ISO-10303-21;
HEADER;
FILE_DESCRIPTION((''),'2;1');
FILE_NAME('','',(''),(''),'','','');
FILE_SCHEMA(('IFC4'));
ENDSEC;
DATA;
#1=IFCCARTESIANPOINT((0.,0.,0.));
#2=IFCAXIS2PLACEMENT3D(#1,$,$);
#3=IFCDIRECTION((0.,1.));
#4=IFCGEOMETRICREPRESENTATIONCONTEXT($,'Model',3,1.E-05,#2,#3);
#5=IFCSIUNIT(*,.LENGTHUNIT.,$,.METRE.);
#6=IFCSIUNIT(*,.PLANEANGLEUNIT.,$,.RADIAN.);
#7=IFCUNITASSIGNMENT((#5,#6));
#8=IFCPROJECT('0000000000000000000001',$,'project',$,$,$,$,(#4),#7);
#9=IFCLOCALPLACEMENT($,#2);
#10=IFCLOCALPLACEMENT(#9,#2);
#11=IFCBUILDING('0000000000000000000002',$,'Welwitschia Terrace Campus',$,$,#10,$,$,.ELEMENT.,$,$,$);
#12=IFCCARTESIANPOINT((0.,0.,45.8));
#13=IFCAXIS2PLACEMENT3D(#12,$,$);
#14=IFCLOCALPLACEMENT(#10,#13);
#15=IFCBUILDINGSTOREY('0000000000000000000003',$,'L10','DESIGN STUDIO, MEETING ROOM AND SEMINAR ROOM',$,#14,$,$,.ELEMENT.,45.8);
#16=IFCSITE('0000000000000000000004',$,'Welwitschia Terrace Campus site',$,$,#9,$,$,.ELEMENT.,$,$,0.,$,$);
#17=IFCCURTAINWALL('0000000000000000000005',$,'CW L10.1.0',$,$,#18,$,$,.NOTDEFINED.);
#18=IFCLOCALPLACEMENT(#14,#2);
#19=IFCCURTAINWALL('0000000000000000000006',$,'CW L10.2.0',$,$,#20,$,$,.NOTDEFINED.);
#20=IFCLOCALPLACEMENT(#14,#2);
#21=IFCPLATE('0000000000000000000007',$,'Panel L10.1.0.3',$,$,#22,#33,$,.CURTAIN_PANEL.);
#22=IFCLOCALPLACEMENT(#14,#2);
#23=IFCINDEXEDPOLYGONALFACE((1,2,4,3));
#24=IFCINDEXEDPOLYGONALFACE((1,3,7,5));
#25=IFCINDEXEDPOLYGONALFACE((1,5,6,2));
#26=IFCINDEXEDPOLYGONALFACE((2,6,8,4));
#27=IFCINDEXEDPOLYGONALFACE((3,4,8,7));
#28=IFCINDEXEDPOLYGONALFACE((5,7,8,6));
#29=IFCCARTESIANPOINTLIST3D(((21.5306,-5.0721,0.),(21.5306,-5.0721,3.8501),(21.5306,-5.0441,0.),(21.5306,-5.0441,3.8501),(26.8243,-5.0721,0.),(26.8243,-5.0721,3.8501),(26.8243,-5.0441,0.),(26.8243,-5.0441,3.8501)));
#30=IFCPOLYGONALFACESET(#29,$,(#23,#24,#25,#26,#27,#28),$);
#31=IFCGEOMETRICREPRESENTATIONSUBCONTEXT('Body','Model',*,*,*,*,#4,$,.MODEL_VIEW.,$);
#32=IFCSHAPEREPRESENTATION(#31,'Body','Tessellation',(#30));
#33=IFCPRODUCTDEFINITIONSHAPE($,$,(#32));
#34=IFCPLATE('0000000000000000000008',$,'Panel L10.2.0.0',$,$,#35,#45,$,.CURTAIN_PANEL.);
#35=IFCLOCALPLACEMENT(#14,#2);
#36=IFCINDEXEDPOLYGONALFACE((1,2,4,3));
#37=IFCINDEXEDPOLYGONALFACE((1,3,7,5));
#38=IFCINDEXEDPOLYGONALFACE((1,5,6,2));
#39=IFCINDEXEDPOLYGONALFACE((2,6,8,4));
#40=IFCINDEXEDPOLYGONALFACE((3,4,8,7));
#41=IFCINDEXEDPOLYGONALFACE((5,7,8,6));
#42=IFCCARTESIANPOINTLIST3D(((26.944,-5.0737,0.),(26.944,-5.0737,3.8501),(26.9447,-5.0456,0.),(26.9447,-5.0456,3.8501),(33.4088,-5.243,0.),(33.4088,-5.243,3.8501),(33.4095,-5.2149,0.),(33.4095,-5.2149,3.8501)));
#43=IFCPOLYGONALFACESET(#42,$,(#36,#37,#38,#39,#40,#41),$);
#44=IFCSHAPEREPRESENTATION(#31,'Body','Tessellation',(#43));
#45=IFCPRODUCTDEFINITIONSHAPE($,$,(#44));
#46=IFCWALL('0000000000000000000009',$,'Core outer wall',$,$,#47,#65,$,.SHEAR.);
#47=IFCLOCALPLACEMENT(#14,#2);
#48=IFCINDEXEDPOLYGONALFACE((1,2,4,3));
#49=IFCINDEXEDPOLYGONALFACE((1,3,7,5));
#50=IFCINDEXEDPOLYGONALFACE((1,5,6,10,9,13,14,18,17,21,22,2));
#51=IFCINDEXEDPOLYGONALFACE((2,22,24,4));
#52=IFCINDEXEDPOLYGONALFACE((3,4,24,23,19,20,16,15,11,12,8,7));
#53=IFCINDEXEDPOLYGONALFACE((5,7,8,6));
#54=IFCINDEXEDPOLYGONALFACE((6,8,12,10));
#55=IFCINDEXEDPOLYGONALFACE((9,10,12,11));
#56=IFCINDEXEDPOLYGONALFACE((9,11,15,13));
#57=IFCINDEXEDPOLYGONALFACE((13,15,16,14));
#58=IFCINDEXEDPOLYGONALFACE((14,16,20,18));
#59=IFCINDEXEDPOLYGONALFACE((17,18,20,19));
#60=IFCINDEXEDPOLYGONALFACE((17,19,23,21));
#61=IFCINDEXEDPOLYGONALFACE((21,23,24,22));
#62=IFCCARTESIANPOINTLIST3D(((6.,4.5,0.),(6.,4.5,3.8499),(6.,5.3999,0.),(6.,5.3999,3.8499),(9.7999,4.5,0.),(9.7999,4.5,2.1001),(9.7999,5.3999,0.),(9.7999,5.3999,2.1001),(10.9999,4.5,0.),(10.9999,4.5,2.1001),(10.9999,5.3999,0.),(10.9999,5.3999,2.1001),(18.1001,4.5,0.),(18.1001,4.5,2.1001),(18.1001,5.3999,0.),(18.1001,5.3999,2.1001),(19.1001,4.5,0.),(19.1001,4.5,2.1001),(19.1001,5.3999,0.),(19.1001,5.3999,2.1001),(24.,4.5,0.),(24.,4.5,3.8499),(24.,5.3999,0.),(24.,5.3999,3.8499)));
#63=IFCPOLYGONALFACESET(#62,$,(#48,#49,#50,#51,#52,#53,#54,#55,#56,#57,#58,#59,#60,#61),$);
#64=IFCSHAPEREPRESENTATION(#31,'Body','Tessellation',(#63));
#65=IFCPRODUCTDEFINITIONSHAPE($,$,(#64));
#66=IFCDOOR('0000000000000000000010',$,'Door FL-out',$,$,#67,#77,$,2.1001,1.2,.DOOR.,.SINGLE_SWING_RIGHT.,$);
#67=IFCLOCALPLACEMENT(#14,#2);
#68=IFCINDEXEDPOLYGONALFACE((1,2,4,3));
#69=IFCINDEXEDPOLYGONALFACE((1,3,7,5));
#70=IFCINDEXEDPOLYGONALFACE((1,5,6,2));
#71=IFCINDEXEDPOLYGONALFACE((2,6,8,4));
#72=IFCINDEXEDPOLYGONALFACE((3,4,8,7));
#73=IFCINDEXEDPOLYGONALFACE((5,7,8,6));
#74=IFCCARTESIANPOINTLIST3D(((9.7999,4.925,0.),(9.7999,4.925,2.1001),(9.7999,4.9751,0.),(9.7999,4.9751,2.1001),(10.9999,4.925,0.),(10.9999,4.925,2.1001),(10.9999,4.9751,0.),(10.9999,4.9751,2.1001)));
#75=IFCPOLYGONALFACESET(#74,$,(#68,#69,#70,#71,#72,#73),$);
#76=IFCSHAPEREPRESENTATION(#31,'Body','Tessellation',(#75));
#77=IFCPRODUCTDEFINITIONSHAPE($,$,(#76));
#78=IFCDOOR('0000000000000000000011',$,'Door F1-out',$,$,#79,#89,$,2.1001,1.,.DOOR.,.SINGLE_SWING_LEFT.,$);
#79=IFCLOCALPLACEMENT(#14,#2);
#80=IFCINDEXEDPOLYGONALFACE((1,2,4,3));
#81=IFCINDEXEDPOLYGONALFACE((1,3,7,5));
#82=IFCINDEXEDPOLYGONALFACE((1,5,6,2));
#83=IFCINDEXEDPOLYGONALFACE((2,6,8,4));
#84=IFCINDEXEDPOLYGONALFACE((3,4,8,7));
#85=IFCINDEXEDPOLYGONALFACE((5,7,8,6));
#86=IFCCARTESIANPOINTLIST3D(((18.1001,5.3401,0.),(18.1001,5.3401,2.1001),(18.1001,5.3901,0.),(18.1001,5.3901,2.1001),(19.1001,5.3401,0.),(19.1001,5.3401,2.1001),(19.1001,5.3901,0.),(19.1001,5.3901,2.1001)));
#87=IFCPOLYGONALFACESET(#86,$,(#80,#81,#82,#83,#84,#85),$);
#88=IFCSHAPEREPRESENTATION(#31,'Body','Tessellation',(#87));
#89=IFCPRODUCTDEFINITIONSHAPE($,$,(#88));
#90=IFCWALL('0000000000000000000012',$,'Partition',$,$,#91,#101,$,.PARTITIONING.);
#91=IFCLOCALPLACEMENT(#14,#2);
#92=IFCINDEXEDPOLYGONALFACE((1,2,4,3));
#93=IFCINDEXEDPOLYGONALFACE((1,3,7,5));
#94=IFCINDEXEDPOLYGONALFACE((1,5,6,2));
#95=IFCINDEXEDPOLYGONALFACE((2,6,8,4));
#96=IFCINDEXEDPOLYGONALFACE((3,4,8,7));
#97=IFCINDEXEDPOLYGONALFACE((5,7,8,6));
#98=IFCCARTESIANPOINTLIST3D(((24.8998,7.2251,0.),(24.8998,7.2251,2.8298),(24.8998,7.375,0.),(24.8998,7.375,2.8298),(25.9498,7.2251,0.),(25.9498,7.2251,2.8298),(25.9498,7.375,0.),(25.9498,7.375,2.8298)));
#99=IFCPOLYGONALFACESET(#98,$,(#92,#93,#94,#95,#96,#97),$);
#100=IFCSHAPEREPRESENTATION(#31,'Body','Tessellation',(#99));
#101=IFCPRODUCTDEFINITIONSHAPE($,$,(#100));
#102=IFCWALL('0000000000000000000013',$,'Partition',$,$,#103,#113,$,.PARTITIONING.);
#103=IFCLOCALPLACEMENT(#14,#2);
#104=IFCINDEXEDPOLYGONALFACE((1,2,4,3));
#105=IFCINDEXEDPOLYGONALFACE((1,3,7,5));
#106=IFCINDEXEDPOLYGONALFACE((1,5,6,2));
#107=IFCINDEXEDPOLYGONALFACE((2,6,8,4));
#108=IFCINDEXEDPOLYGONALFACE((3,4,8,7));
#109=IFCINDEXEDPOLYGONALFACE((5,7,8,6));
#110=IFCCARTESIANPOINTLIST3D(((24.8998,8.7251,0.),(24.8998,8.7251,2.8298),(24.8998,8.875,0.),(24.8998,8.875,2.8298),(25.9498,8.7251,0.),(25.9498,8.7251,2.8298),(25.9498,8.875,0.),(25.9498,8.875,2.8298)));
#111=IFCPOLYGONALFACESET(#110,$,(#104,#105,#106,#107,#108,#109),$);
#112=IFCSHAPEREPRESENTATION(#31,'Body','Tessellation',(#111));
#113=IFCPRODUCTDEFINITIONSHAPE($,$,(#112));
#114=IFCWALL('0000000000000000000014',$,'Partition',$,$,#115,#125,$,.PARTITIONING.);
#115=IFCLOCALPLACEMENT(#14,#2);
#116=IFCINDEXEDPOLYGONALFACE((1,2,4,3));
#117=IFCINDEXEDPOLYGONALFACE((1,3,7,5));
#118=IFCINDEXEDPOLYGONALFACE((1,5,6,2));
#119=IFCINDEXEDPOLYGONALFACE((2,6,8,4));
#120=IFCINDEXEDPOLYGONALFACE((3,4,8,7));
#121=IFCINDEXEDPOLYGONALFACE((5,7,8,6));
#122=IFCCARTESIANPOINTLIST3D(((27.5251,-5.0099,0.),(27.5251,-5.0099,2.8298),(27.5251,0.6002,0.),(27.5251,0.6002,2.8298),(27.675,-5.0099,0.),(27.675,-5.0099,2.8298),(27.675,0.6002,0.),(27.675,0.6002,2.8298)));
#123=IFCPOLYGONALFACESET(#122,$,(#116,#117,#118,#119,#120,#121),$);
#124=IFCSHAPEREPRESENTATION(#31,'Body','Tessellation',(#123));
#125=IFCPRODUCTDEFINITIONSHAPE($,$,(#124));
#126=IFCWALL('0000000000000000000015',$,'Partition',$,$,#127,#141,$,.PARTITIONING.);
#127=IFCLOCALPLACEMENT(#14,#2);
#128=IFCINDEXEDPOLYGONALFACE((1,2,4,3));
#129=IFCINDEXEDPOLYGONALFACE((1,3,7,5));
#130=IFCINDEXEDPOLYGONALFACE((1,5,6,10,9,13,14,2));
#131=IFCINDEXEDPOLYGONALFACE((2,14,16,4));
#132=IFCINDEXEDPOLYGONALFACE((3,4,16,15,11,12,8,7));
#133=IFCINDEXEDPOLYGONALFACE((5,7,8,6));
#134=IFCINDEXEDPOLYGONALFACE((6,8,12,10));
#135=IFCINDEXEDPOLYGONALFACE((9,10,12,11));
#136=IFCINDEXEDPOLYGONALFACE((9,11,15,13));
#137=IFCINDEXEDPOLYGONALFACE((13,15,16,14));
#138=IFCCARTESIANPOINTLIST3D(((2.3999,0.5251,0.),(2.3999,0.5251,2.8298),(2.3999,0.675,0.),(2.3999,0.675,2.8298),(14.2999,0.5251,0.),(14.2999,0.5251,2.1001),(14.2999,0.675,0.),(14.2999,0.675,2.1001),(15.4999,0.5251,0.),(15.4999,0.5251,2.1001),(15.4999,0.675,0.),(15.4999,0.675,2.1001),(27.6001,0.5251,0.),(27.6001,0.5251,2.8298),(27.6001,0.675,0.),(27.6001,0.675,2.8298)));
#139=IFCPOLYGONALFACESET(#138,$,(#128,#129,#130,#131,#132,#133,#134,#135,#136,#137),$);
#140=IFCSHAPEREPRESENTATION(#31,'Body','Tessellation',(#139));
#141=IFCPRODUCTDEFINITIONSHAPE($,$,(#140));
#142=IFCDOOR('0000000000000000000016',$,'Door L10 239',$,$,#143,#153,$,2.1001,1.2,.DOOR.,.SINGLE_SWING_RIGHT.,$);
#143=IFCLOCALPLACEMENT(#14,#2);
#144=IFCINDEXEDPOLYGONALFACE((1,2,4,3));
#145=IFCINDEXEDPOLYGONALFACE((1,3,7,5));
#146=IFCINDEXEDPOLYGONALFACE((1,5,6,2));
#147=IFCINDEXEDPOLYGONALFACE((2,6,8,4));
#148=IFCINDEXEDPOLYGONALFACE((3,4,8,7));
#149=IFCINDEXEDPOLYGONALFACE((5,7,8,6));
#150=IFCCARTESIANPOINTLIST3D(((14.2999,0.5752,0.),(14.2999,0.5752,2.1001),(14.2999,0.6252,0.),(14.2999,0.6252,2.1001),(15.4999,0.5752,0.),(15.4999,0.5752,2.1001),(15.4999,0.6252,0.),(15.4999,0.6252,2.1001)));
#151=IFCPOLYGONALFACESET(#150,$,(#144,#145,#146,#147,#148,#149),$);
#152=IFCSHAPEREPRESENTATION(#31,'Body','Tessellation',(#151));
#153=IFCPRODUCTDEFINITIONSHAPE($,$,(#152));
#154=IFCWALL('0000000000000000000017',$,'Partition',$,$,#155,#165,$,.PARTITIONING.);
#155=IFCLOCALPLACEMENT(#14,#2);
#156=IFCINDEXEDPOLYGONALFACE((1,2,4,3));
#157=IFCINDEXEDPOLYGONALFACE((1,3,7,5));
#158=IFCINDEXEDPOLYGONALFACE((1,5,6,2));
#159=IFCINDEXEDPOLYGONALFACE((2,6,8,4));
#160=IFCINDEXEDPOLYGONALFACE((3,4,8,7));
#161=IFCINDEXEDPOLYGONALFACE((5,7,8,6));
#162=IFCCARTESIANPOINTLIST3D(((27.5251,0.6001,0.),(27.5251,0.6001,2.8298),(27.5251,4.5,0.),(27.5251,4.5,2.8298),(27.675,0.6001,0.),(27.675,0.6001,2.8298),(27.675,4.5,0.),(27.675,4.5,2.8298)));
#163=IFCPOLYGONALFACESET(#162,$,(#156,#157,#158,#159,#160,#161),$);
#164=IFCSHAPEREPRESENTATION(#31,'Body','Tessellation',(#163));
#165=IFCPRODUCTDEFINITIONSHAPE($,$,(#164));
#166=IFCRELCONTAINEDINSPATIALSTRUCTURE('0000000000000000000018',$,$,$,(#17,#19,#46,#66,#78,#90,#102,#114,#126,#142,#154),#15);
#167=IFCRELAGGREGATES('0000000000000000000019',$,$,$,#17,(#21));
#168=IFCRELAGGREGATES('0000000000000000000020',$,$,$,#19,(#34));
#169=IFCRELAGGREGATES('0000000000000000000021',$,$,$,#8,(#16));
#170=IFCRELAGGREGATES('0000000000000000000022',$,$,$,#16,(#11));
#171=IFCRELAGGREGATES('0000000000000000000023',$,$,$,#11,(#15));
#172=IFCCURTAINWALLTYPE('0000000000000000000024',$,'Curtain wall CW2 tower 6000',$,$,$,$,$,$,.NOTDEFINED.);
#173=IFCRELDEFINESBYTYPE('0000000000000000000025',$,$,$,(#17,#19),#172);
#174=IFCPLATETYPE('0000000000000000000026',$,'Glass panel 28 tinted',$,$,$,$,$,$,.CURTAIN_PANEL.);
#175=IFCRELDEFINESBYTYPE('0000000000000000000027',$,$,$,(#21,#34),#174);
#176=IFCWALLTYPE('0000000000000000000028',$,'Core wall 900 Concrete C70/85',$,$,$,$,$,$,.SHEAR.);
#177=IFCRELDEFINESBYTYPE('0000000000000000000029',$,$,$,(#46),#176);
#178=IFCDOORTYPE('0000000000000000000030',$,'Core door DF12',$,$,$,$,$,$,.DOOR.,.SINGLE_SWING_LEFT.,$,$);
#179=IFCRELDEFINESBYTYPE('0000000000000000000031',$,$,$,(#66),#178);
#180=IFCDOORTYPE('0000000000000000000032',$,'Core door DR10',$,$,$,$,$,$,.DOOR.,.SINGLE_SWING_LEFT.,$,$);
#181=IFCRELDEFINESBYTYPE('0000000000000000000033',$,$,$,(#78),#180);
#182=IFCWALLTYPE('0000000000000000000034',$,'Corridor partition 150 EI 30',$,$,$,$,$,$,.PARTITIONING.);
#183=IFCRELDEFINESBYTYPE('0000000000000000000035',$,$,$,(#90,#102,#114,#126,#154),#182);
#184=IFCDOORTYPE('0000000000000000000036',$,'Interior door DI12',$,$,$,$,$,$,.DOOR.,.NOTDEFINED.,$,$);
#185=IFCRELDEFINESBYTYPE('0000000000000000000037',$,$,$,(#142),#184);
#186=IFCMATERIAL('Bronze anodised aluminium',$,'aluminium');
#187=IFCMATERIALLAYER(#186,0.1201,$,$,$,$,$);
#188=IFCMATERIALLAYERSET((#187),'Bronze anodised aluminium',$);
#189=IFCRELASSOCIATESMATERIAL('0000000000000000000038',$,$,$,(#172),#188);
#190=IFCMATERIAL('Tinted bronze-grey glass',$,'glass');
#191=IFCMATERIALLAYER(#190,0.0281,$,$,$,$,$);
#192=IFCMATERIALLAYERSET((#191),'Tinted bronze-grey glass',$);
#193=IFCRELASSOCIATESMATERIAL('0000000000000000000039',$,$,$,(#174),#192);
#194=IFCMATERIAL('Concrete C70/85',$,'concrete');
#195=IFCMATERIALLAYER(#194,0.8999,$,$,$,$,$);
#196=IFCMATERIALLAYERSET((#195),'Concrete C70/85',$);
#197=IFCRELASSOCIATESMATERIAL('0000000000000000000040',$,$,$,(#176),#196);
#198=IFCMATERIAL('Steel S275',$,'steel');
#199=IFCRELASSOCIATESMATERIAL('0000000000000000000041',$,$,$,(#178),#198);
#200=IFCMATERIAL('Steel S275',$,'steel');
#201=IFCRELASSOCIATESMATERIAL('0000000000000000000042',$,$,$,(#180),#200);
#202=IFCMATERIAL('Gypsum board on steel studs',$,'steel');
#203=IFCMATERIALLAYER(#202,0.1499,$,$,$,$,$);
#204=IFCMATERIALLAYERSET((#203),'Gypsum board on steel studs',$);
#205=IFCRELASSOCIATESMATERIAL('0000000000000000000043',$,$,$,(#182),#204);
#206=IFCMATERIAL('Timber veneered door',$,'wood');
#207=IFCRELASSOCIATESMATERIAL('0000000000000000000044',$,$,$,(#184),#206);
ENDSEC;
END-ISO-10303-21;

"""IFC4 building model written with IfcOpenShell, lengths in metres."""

from ifc_helpers import new_model, si_unit, direction, frame, frame_2d, origin, origin_2d, place, context, subcontext, project, spatial, rectangle, extrude, material, layer, layer_set, type_object, element, fill, aggregate, save


model = new_model("IFC4")

# Units and contexts
model_context = context("Model", 3, precision=1e-05, world=origin(), true_north=direction((0.0, 1.0)))
body_context = subcontext(model_context, "Body", "Model", "MODEL_VIEW")
ifc_project = project(units=[si_unit("LENGTHUNIT", "METRE"), si_unit("PLANEANGLEUNIT", "RADIAN")], contexts=[model_context])

# Site, building, storey
site_placement = place(None, origin())
site = spatial("IfcSite", under=ifc_project, at=site_placement, Name="Welwitschia Terrace Campus site", CompositionType="ELEMENT", RefElevation=0.0)
building_placement = place(site_placement, origin())
building = spatial("IfcBuilding", under=site, at=building_placement, Name="Welwitschia Terrace Campus", CompositionType="ELEMENT")
storey_placement = place(building_placement, frame((0.0, 0.0, 45.8)))
storey = spatial("IfcBuildingStorey", under=building, at=storey_placement, Name="L10", Description="DESIGN STUDIO, MEETING ROOM AND SEMINAR ROOM", CompositionType="ELEMENT", Elevation=45.8)

# Curtain wall
ifc_material_1 = material(Name="Bronze anodised aluminium", Category="aluminium")
ifc_layer_1 = layer(ifc_material_1, 0.1201)
ifc_layer_set_1 = layer_set([ifc_layer_1], Name="Bronze anodised aluminium")
curtain_wall_type = type_object("IfcCurtainWallType", Name="Curtain wall CW2 tower 6000", PredefinedType="NOTDEFINED", material=ifc_layer_set_1)
curtain_wall_1_placement = place(storey_placement, origin())
curtain_wall_1 = element("IfcCurtainWall", 1, at=curtain_wall_1_placement, inside=storey, type_object=curtain_wall_type, Name="CW L10.1.0", PredefinedType="NOTDEFINED")

# Curtain wall
curtain_wall_2_placement = place(storey_placement, origin())
curtain_wall_2 = element("IfcCurtainWall", 2, at=curtain_wall_2_placement, inside=storey, type_object=curtain_wall_type, Name="CW L10.2.0", PredefinedType="NOTDEFINED")

# Plates
ifc_material_2 = material(Name="Tinted bronze-grey glass", Category="glass")
ifc_layer_2 = layer(ifc_material_2, 0.0281)
ifc_layer_set_2 = layer_set([ifc_layer_2], Name="Tinted bronze-grey glass")
plate_type = type_object("IfcPlateType", Name="Glass panel 28 tinted", PredefinedType="CURTAIN_PANEL", material=ifc_layer_set_2)
plate_1_placement = place(storey_placement, frame((24.1775, -5.0581, 0.0), z_axis=(0.0, 0.0, 1.0), x_axis=(1.0, 0.0, 0.0)))
plate_1 = element("IfcPlate", 3, at=plate_1_placement, type_object=plate_type, Name="Panel L10.1.0.3", PredefinedType="CURTAIN_PANEL", context=body_context, shape_type="SweptSolid", body=[
    extrude(rectangle(XDim=5.2937, YDim=0.0281, at=origin_2d()), origin(), (0.0, 0.0, 1.0), 3.8501),
])
aggregate(curtain_wall_1, [plate_1])
plate_2_placement = place(storey_placement, frame((30.1768, -5.1443, 0.0), z_axis=(0.0, 0.0, 1.0), x_axis=(0.999657, -0.026177, 0.0)))
plate_2 = element("IfcPlate", 4, at=plate_2_placement, type_object=plate_type, Name="Panel L10.2.0.0", PredefinedType="CURTAIN_PANEL", context=body_context, shape_type="SweptSolid", body=[
    extrude(rectangle(XDim=6.467, YDim=0.0281, at=origin_2d()), origin(), (0.0, 0.0, 1.0), 3.8501),
])
aggregate(curtain_wall_2, [plate_2])

# Wall, openings, doors
ifc_material_3 = material(Name="Concrete C70/85", Category="concrete")
ifc_layer_3 = layer(ifc_material_3, 0.8999)
ifc_layer_set_3 = layer_set([ifc_layer_3], Name="Concrete C70/85")
wall_type_1 = type_object("IfcWallType", Name="Core wall 900 Concrete C70/85", PredefinedType="SHEAR", material=ifc_layer_set_3)
wall_1_placement = place(storey_placement, frame((24.0, 4.95, 0.0), z_axis=(0.0, 0.0, 1.0), x_axis=(-1.0, 0.0, 0.0)))
wall_1 = element("IfcWall", 5, at=wall_1_placement, inside=storey, type_object=wall_type_1, Name="Core outer wall", PredefinedType="SHEAR", context=body_context, shape_type="SweptSolid", body=[
    extrude(rectangle(XDim=18.0, YDim=0.8999, at=frame_2d((9.0, 0.0))), origin(), (0.0, 0.0, 1.0), 3.8499),
])
opening_1_placement = place(wall_1_placement, frame((13.0, 0.0, 0.0)))
opening_1 = element("IfcOpeningElement", 6, at=opening_1_placement, cuts=wall_1, PredefinedType="OPENING", context=body_context, shape_type="SweptSolid", body=[
    extrude(rectangle(XDim=1.2, YDim=2.1001, at=frame_2d((0.6001, 1.05))), frame((0.0, 0.46, 0.0), z_axis=(0.0, -1.0, 0.0), x_axis=(1.0, 0.0, 0.0)), (0.0, 0.0, 1.0), 0.9199),
])
opening_2_placement = place(wall_1_placement, frame((4.8999, 0.0, 0.0)))
opening_2 = element("IfcOpeningElement", 7, at=opening_2_placement, cuts=wall_1, PredefinedType="OPENING", context=body_context, shape_type="SweptSolid", body=[
    extrude(rectangle(XDim=1.0, YDim=2.1001, at=frame_2d((0.5, 1.05))), frame((0.0, 0.46, 0.0), z_axis=(0.0, -1.0, 0.0), x_axis=(1.0, 0.0, 0.0)), (0.0, 0.0, 1.0), 0.9199),
])
ifc_material_4 = material(Name="Steel S275", Category="steel")
door_type_1 = type_object("IfcDoorType", Name="Core door DF12", OperationType="SINGLE_SWING_LEFT", PredefinedType="DOOR", material=ifc_material_4)
door_1_placement = place(opening_1_placement, origin())
door_1 = element("IfcDoor", 8, at=door_1_placement, inside=storey, type_object=door_type_1, Name="Door FL-out", OperationType="SINGLE_SWING_RIGHT", OverallHeight=2.1001, OverallWidth=1.2, PredefinedType="DOOR", context=body_context, shape_type="SweptSolid", body=[
    extrude(rectangle(XDim=1.2, YDim=2.1001, at=frame_2d((0.6001, 1.05))), frame((0.0, 0.0249, 0.0), z_axis=(0.0, -1.0, 0.0), x_axis=(1.0, 0.0, 0.0)), (0.0, 0.0, 1.0), 0.05),
])
fill(opening_1, door_1)
ifc_material_5 = material(Name="Steel S275", Category="steel")
door_type_2 = type_object("IfcDoorType", Name="Core door DR10", OperationType="SINGLE_SWING_LEFT", PredefinedType="DOOR", material=ifc_material_5)
door_2_placement = place(opening_2_placement, origin())
door_2 = element("IfcDoor", 9, at=door_2_placement, inside=storey, type_object=door_type_2, Name="Door F1-out", OperationType="SINGLE_SWING_LEFT", OverallHeight=2.1001, OverallWidth=1.0, PredefinedType="DOOR", context=body_context, shape_type="SweptSolid", body=[
    extrude(rectangle(XDim=1.0, YDim=2.1001, at=frame_2d((0.5, 1.05))), frame((0.0, -0.3901, 0.0), z_axis=(0.0, -1.0, 0.0), x_axis=(1.0, 0.0, 0.0)), (0.0, 0.0, 1.0), 0.05),
])
fill(opening_2, door_2)

# Walls
ifc_material_6 = material(Name="Gypsum board on steel studs", Category="steel")
ifc_layer_4 = layer(ifc_material_6, 0.1499)
ifc_layer_set_4 = layer_set([ifc_layer_4], Name="Gypsum board on steel studs")
wall_type_2 = type_object("IfcWallType", Name="Corridor partition 150 EI 30", PredefinedType="PARTITIONING", material=ifc_layer_set_4)
for number, where, z_axis, x_axis, name in (
    (10, (24.8999, 7.3, 0.0), (0.0, 0.0, 1.0), (1.0, 0.0, 0.0), "Partition"),
    (11, (24.8999, 8.8, 0.0), (0.0, 0.0, 1.0), (1.0, 0.0, 0.0), "Partition"),
):
    element("IfcWall", number, at=place(storey_placement, frame(where, z_axis=z_axis, x_axis=x_axis)), inside=storey, type_object=wall_type_2, Name=name, PredefinedType="PARTITIONING", context=body_context, shape_type="SweptSolid", body=[
        extrude(rectangle(XDim=1.05, YDim=0.1499, at=frame_2d((0.5249, 0.0))), origin(), (0.0, 0.0, 1.0), 2.8298),
    ])
wall_2_placement = place(storey_placement, frame((27.6001, -5.01, 0.0), z_axis=(0.0, 0.0, 1.0), x_axis=(0.0, 1.0, 0.0)))
element("IfcWall", 12, at=wall_2_placement, inside=storey, type_object=wall_type_2, Name="Partition", PredefinedType="PARTITIONING", context=body_context, shape_type="SweptSolid", body=[
    extrude(rectangle(XDim=5.6101, YDim=0.1499, at=frame_2d((2.8052, 0.0))), origin(), (0.0, 0.0, 1.0), 2.8298),
])

# Wall, opening, door
wall_3_placement = place(storey_placement, frame((27.6001, 0.6001, 0.0), z_axis=(0.0, 0.0, 1.0), x_axis=(-1.0, 0.0, 0.0)))
wall_3 = element("IfcWall", 13, at=wall_3_placement, inside=storey, type_object=wall_type_2, Name="Partition", PredefinedType="PARTITIONING", context=body_context, shape_type="SweptSolid", body=[
    extrude(rectangle(XDim=25.2002, YDim=0.1499, at=frame_2d((12.6001, 0.0))), origin(), (0.0, 0.0, 1.0), 2.8298),
])
opening_3_placement = place(wall_3_placement, frame((12.1001, 0.0, 0.0)))
opening_3 = element("IfcOpeningElement", 14, at=opening_3_placement, cuts=wall_3, PredefinedType="OPENING", context=body_context, shape_type="SweptSolid", body=[
    extrude(rectangle(XDim=1.2, YDim=2.1001, at=frame_2d((0.6001, 1.05))), frame((0.0, 0.085, 0.0), z_axis=(0.0, -1.0, 0.0), x_axis=(1.0, 0.0, 0.0)), (0.0, 0.0, 1.0), 0.1699),
])
ifc_material_7 = material(Name="Timber veneered door", Category="wood")
door_type_3 = type_object("IfcDoorType", Name="Interior door DI12", OperationType="NOTDEFINED", PredefinedType="DOOR", material=ifc_material_7)
door_3_placement = place(opening_3_placement, origin())
door_3 = element("IfcDoor", 15, at=door_3_placement, inside=storey, type_object=door_type_3, Name="Door L10 239", OperationType="SINGLE_SWING_RIGHT", OverallHeight=2.1001, OverallWidth=1.2, PredefinedType="DOOR", context=body_context, shape_type="SweptSolid", body=[
    extrude(rectangle(XDim=1.2, YDim=2.1001, at=frame_2d((0.6001, 1.05))), frame((0.0, 0.0249, 0.0), z_axis=(0.0, -1.0, 0.0), x_axis=(1.0, 0.0, 0.0)), (0.0, 0.0, 1.0), 0.05),
])
fill(opening_3, door_3)

# Wall
wall_4_placement = place(storey_placement, frame((27.6001, 0.6001, 0.0), z_axis=(0.0, 0.0, 1.0), x_axis=(0.0, 1.0, 0.0)))
element("IfcWall", 16, at=wall_4_placement, inside=storey, type_object=wall_type_2, Name="Partition", PredefinedType="PARTITIONING", context=body_context, shape_type="SweptSolid", body=[
    extrude(rectangle(XDim=3.8999, YDim=0.1499, at=frame_2d((1.95, 0.0))), origin(), (0.0, 0.0, 1.0), 2.8298),
])

save(model, "model.ifc")
